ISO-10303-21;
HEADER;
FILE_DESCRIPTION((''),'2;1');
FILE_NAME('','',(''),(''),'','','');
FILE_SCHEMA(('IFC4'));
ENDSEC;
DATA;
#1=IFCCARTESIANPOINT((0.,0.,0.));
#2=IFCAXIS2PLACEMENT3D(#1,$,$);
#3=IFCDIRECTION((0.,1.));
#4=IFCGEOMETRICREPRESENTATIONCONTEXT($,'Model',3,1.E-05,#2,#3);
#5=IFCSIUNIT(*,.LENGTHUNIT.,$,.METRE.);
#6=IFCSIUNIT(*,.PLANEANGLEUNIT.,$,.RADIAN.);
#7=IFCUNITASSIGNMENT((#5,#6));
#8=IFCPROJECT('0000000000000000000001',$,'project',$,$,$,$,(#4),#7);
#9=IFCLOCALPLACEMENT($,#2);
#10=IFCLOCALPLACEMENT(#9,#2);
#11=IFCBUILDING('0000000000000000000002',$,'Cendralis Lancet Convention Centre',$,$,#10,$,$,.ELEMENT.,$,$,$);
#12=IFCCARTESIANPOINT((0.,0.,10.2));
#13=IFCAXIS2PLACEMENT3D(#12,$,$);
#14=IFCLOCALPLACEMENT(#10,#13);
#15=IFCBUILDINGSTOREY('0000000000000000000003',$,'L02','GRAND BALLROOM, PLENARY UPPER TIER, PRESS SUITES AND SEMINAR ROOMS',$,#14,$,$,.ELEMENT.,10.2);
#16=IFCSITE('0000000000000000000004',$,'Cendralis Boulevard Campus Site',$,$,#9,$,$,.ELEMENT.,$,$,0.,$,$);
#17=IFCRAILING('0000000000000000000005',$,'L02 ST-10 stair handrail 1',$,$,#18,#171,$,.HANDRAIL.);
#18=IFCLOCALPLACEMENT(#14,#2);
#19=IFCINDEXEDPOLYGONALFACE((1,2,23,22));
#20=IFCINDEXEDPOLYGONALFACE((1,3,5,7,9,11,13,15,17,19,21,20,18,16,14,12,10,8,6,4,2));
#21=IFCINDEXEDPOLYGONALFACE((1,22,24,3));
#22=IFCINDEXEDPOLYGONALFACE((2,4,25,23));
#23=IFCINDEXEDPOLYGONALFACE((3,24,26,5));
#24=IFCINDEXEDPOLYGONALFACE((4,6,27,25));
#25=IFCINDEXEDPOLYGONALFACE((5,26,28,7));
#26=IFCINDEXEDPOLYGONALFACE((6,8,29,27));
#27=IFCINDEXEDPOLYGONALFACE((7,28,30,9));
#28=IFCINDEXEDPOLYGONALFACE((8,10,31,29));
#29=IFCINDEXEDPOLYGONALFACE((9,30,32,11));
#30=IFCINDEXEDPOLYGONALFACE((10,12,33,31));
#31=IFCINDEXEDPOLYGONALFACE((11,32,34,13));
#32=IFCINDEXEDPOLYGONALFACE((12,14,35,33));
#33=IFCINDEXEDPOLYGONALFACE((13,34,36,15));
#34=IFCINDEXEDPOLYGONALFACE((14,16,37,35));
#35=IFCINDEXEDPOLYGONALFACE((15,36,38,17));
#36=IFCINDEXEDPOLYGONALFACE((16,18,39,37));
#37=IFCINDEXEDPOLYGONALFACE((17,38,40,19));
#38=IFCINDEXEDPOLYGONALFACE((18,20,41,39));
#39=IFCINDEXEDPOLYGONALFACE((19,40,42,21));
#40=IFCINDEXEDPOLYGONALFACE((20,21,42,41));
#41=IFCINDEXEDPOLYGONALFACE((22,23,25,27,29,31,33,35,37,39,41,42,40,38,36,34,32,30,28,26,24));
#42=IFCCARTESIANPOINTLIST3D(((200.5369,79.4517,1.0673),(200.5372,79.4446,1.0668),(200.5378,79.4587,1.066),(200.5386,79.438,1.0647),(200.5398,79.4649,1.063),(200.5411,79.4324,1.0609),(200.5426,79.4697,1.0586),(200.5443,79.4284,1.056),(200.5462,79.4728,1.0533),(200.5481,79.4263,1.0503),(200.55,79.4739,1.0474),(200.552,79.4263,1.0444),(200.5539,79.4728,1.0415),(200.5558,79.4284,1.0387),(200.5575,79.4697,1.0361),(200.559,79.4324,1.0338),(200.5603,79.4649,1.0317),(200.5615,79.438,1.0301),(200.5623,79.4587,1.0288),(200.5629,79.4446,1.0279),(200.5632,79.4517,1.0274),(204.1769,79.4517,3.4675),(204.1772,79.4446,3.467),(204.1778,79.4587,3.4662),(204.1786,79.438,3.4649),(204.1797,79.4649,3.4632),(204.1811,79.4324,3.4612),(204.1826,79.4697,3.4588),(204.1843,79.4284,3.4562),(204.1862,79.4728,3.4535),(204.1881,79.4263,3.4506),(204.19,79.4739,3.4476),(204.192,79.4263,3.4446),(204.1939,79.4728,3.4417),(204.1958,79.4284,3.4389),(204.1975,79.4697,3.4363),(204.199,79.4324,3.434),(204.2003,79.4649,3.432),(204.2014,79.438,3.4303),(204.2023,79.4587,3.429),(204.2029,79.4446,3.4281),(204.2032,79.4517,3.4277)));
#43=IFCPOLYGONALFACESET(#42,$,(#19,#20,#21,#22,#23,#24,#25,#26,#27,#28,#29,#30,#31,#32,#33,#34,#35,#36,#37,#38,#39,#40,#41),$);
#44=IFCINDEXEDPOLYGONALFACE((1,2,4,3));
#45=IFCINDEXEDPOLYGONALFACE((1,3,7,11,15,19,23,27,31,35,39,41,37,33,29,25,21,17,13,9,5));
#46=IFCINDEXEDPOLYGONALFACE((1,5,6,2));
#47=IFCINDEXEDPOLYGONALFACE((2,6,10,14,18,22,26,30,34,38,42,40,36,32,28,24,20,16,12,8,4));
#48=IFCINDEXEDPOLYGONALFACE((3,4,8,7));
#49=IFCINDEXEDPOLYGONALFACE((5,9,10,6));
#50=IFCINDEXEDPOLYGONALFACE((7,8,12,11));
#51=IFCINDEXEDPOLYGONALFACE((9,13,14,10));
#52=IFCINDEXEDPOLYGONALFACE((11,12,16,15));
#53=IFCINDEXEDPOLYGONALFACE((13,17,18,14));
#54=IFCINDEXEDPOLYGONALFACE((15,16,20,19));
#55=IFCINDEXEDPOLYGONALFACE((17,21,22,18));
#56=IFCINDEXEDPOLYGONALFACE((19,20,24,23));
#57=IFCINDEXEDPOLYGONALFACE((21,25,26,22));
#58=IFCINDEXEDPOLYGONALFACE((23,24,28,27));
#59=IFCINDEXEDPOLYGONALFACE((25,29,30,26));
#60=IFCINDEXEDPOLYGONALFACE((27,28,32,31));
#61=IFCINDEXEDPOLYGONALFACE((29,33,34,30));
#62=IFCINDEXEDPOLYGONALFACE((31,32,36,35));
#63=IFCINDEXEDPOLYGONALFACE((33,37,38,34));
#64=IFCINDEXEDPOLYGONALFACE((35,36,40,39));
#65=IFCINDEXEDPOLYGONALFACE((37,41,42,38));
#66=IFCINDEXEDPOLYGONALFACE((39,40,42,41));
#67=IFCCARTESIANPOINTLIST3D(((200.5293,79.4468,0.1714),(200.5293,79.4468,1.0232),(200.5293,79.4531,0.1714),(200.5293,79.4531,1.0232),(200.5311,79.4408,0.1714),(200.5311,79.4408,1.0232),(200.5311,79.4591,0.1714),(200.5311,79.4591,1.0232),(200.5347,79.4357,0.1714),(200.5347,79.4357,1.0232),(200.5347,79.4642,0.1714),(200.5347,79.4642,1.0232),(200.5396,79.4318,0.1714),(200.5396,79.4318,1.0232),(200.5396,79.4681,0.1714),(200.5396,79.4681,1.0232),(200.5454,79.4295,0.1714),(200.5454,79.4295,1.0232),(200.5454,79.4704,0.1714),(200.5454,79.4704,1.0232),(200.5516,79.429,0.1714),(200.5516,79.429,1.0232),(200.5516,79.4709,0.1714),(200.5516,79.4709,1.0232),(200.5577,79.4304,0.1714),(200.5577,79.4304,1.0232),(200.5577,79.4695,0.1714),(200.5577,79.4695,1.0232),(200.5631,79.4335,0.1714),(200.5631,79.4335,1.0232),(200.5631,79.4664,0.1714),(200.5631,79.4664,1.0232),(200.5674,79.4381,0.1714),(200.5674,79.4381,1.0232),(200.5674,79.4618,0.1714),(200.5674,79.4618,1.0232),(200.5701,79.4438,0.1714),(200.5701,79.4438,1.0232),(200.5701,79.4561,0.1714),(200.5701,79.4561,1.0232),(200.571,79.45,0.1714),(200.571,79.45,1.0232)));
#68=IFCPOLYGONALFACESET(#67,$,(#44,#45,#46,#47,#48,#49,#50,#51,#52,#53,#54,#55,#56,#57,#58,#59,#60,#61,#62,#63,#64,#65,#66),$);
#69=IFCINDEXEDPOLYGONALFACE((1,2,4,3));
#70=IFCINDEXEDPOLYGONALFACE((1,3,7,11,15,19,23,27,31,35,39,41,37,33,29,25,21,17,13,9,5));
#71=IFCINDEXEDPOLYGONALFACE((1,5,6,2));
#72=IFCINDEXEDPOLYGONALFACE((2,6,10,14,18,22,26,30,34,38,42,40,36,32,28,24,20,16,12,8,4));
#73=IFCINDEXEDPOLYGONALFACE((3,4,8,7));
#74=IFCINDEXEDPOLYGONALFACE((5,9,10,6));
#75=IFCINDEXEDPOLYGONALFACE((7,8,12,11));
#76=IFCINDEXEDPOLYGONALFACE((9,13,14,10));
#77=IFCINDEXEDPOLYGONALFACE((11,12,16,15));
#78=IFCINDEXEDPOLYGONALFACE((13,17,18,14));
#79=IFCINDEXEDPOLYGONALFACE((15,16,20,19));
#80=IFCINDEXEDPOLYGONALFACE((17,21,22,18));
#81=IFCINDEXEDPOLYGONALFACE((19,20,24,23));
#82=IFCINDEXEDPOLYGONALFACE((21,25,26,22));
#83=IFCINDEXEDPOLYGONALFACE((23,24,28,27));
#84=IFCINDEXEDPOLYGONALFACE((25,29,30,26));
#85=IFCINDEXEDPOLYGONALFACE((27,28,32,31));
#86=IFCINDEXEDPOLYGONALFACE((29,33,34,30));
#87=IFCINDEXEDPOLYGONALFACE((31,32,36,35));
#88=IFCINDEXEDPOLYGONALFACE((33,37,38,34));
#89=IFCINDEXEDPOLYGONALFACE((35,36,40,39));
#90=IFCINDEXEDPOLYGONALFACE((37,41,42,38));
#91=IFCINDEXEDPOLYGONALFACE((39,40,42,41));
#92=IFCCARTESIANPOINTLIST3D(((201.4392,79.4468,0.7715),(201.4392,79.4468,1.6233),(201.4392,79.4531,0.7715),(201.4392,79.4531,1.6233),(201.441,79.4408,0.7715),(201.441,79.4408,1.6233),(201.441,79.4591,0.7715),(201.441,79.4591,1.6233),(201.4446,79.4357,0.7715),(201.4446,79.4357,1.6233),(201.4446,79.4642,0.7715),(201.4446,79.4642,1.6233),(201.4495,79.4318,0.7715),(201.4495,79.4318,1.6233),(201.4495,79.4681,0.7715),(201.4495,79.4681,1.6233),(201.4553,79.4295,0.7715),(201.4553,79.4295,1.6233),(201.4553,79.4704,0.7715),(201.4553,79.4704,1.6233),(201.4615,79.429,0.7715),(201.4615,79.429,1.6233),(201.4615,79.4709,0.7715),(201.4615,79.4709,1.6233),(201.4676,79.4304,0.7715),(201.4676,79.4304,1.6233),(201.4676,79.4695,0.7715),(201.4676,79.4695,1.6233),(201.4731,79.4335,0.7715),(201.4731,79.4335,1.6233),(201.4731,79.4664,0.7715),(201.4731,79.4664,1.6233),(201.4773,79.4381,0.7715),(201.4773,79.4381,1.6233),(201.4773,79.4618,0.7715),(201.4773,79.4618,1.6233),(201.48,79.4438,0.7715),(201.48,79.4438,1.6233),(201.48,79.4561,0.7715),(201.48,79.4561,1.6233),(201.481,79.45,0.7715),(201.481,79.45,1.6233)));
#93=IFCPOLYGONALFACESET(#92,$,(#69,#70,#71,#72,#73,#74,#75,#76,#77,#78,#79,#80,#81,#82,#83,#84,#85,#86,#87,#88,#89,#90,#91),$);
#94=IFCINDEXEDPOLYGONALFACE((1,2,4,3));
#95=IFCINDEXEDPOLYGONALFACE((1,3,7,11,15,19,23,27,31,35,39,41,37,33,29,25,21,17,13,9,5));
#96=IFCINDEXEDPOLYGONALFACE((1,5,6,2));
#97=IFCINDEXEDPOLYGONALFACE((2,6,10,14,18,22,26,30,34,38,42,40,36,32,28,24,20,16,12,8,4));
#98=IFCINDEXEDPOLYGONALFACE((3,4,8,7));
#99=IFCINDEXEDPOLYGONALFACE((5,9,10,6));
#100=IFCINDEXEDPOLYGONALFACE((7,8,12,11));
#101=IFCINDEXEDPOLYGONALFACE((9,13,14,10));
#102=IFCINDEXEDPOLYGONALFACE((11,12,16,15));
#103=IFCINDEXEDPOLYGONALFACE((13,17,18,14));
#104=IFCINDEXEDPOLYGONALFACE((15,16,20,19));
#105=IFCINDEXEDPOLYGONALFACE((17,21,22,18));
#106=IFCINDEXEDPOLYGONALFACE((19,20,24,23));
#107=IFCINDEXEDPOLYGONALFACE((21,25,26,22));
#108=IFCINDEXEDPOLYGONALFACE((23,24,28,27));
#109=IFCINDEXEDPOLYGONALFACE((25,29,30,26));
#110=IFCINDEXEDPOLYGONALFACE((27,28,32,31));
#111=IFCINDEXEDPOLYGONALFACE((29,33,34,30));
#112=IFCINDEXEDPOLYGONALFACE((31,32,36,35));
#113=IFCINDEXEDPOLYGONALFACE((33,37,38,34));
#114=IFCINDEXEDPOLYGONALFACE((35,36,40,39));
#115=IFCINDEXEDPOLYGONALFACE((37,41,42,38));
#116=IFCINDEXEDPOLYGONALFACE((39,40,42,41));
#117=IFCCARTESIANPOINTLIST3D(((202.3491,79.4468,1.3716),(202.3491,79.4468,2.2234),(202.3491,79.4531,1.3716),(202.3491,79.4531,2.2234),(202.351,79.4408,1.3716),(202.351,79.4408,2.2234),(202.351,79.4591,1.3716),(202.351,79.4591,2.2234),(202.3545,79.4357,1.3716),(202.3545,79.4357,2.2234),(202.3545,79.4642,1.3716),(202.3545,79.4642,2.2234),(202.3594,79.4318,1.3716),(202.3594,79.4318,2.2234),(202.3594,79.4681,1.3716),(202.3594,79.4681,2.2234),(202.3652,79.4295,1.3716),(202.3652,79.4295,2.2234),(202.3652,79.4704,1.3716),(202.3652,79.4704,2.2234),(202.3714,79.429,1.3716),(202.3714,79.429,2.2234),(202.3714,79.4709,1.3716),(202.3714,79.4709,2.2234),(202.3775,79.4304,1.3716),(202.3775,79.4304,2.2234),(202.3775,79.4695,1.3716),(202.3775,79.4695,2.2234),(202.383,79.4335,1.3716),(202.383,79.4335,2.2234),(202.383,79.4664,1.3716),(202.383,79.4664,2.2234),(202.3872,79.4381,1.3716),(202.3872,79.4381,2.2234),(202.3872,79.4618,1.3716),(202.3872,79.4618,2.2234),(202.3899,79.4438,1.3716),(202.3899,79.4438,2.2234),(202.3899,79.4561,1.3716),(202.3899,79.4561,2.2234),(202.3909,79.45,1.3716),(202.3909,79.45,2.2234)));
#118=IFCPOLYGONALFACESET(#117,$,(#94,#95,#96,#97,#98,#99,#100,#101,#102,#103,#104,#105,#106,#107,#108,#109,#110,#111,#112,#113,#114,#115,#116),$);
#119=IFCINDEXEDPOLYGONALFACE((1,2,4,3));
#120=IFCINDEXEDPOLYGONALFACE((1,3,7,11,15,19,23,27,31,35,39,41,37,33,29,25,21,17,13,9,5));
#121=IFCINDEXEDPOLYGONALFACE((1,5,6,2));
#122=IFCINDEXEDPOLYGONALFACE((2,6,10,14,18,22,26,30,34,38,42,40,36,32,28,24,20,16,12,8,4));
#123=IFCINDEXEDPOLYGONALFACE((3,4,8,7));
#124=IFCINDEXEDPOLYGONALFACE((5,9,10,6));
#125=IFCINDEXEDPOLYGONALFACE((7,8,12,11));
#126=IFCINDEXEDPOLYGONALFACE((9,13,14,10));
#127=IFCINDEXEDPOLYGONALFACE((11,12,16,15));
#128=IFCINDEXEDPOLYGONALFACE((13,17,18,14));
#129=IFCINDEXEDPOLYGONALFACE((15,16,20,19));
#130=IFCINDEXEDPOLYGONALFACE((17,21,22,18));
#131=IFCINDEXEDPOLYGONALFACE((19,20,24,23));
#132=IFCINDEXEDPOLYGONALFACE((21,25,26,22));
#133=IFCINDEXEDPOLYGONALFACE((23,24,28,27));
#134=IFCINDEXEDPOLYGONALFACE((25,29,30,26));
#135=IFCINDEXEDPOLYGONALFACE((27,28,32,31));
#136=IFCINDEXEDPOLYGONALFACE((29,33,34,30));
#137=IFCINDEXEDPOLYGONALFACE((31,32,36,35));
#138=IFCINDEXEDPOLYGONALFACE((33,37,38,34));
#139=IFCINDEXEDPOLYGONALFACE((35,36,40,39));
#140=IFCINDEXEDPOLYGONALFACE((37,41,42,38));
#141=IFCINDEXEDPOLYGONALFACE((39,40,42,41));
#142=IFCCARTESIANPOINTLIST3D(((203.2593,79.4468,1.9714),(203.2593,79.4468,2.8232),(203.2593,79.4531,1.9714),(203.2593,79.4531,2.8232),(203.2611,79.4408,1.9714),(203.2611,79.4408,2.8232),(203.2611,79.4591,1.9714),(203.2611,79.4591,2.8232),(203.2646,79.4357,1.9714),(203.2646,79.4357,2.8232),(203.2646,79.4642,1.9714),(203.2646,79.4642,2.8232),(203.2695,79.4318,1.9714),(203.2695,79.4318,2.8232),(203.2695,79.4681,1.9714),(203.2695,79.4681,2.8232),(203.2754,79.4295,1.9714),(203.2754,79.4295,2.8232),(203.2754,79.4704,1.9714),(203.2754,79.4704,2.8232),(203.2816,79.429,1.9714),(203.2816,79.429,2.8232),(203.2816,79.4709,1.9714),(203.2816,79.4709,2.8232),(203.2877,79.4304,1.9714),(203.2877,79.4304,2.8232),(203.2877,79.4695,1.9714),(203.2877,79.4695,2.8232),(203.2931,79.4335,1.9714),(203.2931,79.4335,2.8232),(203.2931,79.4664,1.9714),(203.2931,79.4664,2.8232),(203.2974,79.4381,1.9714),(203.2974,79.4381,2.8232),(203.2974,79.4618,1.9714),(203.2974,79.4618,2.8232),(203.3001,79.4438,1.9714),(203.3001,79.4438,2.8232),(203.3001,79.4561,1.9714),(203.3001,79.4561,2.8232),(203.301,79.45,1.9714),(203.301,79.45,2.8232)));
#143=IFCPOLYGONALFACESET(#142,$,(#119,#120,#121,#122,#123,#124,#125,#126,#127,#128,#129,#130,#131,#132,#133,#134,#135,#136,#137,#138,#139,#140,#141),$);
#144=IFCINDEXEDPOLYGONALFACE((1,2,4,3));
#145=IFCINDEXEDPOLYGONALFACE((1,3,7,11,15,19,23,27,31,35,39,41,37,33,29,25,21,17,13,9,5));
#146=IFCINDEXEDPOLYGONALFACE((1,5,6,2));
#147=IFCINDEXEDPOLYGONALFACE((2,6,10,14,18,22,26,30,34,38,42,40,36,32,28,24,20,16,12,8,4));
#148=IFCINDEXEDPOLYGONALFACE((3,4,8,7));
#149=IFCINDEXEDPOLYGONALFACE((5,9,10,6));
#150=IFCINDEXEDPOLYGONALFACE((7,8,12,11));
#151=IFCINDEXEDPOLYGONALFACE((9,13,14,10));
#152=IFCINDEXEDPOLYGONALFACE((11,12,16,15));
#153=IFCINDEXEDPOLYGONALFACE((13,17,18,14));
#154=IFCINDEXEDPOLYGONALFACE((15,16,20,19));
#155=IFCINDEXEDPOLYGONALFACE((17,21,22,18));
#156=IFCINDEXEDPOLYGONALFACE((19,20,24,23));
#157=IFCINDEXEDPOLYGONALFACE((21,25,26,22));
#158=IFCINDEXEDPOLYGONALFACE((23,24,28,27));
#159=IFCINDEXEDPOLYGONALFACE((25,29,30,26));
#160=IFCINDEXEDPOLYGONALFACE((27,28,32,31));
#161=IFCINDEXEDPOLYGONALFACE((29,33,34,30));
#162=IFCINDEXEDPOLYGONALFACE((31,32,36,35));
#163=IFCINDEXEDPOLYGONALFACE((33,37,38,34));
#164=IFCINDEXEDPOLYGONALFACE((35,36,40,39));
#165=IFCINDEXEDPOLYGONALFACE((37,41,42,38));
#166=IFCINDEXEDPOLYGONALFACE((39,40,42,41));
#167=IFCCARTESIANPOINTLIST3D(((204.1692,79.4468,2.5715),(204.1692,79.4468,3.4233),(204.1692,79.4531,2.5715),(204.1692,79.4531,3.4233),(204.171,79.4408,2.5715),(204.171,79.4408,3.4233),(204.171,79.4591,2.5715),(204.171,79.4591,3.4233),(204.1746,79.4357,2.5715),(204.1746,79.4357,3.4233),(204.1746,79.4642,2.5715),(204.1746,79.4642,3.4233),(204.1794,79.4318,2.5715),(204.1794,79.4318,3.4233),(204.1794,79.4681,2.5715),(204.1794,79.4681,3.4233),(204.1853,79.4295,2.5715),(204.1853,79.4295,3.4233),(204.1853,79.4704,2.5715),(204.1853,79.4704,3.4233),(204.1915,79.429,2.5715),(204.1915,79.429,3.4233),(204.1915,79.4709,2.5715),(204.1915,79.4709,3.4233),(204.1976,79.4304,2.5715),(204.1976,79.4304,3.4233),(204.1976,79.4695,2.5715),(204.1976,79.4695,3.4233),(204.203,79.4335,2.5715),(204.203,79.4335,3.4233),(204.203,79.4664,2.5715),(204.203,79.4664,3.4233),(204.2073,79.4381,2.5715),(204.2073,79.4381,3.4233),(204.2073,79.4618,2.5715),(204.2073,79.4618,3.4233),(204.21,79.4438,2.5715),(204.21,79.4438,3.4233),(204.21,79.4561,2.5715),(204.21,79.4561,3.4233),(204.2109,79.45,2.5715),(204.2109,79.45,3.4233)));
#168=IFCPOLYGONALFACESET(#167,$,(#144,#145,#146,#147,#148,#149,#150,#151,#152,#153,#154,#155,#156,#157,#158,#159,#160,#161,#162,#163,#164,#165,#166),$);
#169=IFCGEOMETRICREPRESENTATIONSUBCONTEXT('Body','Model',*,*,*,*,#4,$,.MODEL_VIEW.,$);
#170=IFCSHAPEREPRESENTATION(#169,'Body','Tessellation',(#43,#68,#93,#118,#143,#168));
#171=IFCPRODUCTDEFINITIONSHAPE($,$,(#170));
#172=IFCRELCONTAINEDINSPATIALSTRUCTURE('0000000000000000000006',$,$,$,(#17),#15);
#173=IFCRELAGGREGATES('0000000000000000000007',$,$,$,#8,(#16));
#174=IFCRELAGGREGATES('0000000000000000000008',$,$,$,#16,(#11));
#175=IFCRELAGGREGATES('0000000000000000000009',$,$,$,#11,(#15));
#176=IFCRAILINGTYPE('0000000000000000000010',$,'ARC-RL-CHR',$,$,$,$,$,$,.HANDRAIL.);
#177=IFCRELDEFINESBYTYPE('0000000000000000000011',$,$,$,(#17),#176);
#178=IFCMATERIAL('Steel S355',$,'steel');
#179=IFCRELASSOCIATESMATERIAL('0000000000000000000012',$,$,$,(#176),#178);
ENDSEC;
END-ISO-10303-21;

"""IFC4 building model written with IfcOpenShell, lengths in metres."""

from ifc_helpers import new_model, si_unit, direction, frame, origin, origin_2d, place, context, subcontext, project, spatial, circle, extrude, material, type_object, element, save


model = new_model("IFC4")

# Units and contexts
model_context = context("Model", 3, precision=1e-05, world=origin(), true_north=direction((0.0, 1.0)))
body_context = subcontext(model_context, "Body", "Model", "MODEL_VIEW")
ifc_project = project(units=[si_unit("LENGTHUNIT", "METRE"), si_unit("PLANEANGLEUNIT", "RADIAN")], contexts=[model_context])

# Site, building, storey
site_placement = place(None, origin())
site = spatial("IfcSite", under=ifc_project, at=site_placement, Name="Cendralis Boulevard Campus Site", CompositionType="ELEMENT", RefElevation=0.0)
building_placement = place(site_placement, origin())
building = spatial("IfcBuilding", under=site, at=building_placement, Name="Cendralis Lancet Convention Centre", CompositionType="ELEMENT")
storey_placement = place(building_placement, frame((0.0, 0.0, 10.2)))
storey = spatial("IfcBuildingStorey", under=building, at=storey_placement, Name="L02", Description="GRAND BALLROOM, PLENARY UPPER TIER, PRESS SUITES AND SEMINAR ROOMS", CompositionType="ELEMENT", Elevation=10.2)

# Shared definitions
ifc_material_1 = material(Name="Steel S355", Category="steel")

# Railing
railing_type = type_object("IfcRailingType", Name="ARC-RL-CHR", PredefinedType="HANDRAIL", material=ifc_material_1)
railing_placement = place(storey_placement, frame((200.55, 79.45, 0.1714)))
element("IfcRailing", 1, at=railing_placement, inside=storey, type_object=railing_type, Name="L02 ST-10 stair handrail 1", PredefinedType="HANDRAIL", context=body_context, shape_type="SweptSolid", body=[
    extrude(circle(Radius=0.0239, at=origin_2d()), frame((0.0, 0.0, 0.876), z_axis=(0.834839, 0.0, 0.550493), x_axis=(0.0, 1.0, 0.0)), (0.0, 0.0, 1.0), 4.3601),
    extrude(circle(Radius=0.021, at=origin_2d()), origin(), (0.0, 0.0, 1.0), 0.8518),
    extrude(circle(Radius=0.021, at=origin_2d()), frame((0.9099, 0.0, 0.6001)), (0.0, 0.0, 1.0), 0.8518),
    extrude(circle(Radius=0.021, at=origin_2d()), frame((1.8198, 0.0, 1.2002)), (0.0, 0.0, 1.0), 0.8518),
    extrude(circle(Radius=0.021, at=origin_2d()), frame((2.73, 0.0, 1.8)), (0.0, 0.0, 1.0), 0.8518),
    extrude(circle(Radius=0.021, at=origin_2d()), frame((3.6399, 0.0, 2.4001)), (0.0, 0.0, 1.0), 0.8518),
])

save(model, "model.ifc")
